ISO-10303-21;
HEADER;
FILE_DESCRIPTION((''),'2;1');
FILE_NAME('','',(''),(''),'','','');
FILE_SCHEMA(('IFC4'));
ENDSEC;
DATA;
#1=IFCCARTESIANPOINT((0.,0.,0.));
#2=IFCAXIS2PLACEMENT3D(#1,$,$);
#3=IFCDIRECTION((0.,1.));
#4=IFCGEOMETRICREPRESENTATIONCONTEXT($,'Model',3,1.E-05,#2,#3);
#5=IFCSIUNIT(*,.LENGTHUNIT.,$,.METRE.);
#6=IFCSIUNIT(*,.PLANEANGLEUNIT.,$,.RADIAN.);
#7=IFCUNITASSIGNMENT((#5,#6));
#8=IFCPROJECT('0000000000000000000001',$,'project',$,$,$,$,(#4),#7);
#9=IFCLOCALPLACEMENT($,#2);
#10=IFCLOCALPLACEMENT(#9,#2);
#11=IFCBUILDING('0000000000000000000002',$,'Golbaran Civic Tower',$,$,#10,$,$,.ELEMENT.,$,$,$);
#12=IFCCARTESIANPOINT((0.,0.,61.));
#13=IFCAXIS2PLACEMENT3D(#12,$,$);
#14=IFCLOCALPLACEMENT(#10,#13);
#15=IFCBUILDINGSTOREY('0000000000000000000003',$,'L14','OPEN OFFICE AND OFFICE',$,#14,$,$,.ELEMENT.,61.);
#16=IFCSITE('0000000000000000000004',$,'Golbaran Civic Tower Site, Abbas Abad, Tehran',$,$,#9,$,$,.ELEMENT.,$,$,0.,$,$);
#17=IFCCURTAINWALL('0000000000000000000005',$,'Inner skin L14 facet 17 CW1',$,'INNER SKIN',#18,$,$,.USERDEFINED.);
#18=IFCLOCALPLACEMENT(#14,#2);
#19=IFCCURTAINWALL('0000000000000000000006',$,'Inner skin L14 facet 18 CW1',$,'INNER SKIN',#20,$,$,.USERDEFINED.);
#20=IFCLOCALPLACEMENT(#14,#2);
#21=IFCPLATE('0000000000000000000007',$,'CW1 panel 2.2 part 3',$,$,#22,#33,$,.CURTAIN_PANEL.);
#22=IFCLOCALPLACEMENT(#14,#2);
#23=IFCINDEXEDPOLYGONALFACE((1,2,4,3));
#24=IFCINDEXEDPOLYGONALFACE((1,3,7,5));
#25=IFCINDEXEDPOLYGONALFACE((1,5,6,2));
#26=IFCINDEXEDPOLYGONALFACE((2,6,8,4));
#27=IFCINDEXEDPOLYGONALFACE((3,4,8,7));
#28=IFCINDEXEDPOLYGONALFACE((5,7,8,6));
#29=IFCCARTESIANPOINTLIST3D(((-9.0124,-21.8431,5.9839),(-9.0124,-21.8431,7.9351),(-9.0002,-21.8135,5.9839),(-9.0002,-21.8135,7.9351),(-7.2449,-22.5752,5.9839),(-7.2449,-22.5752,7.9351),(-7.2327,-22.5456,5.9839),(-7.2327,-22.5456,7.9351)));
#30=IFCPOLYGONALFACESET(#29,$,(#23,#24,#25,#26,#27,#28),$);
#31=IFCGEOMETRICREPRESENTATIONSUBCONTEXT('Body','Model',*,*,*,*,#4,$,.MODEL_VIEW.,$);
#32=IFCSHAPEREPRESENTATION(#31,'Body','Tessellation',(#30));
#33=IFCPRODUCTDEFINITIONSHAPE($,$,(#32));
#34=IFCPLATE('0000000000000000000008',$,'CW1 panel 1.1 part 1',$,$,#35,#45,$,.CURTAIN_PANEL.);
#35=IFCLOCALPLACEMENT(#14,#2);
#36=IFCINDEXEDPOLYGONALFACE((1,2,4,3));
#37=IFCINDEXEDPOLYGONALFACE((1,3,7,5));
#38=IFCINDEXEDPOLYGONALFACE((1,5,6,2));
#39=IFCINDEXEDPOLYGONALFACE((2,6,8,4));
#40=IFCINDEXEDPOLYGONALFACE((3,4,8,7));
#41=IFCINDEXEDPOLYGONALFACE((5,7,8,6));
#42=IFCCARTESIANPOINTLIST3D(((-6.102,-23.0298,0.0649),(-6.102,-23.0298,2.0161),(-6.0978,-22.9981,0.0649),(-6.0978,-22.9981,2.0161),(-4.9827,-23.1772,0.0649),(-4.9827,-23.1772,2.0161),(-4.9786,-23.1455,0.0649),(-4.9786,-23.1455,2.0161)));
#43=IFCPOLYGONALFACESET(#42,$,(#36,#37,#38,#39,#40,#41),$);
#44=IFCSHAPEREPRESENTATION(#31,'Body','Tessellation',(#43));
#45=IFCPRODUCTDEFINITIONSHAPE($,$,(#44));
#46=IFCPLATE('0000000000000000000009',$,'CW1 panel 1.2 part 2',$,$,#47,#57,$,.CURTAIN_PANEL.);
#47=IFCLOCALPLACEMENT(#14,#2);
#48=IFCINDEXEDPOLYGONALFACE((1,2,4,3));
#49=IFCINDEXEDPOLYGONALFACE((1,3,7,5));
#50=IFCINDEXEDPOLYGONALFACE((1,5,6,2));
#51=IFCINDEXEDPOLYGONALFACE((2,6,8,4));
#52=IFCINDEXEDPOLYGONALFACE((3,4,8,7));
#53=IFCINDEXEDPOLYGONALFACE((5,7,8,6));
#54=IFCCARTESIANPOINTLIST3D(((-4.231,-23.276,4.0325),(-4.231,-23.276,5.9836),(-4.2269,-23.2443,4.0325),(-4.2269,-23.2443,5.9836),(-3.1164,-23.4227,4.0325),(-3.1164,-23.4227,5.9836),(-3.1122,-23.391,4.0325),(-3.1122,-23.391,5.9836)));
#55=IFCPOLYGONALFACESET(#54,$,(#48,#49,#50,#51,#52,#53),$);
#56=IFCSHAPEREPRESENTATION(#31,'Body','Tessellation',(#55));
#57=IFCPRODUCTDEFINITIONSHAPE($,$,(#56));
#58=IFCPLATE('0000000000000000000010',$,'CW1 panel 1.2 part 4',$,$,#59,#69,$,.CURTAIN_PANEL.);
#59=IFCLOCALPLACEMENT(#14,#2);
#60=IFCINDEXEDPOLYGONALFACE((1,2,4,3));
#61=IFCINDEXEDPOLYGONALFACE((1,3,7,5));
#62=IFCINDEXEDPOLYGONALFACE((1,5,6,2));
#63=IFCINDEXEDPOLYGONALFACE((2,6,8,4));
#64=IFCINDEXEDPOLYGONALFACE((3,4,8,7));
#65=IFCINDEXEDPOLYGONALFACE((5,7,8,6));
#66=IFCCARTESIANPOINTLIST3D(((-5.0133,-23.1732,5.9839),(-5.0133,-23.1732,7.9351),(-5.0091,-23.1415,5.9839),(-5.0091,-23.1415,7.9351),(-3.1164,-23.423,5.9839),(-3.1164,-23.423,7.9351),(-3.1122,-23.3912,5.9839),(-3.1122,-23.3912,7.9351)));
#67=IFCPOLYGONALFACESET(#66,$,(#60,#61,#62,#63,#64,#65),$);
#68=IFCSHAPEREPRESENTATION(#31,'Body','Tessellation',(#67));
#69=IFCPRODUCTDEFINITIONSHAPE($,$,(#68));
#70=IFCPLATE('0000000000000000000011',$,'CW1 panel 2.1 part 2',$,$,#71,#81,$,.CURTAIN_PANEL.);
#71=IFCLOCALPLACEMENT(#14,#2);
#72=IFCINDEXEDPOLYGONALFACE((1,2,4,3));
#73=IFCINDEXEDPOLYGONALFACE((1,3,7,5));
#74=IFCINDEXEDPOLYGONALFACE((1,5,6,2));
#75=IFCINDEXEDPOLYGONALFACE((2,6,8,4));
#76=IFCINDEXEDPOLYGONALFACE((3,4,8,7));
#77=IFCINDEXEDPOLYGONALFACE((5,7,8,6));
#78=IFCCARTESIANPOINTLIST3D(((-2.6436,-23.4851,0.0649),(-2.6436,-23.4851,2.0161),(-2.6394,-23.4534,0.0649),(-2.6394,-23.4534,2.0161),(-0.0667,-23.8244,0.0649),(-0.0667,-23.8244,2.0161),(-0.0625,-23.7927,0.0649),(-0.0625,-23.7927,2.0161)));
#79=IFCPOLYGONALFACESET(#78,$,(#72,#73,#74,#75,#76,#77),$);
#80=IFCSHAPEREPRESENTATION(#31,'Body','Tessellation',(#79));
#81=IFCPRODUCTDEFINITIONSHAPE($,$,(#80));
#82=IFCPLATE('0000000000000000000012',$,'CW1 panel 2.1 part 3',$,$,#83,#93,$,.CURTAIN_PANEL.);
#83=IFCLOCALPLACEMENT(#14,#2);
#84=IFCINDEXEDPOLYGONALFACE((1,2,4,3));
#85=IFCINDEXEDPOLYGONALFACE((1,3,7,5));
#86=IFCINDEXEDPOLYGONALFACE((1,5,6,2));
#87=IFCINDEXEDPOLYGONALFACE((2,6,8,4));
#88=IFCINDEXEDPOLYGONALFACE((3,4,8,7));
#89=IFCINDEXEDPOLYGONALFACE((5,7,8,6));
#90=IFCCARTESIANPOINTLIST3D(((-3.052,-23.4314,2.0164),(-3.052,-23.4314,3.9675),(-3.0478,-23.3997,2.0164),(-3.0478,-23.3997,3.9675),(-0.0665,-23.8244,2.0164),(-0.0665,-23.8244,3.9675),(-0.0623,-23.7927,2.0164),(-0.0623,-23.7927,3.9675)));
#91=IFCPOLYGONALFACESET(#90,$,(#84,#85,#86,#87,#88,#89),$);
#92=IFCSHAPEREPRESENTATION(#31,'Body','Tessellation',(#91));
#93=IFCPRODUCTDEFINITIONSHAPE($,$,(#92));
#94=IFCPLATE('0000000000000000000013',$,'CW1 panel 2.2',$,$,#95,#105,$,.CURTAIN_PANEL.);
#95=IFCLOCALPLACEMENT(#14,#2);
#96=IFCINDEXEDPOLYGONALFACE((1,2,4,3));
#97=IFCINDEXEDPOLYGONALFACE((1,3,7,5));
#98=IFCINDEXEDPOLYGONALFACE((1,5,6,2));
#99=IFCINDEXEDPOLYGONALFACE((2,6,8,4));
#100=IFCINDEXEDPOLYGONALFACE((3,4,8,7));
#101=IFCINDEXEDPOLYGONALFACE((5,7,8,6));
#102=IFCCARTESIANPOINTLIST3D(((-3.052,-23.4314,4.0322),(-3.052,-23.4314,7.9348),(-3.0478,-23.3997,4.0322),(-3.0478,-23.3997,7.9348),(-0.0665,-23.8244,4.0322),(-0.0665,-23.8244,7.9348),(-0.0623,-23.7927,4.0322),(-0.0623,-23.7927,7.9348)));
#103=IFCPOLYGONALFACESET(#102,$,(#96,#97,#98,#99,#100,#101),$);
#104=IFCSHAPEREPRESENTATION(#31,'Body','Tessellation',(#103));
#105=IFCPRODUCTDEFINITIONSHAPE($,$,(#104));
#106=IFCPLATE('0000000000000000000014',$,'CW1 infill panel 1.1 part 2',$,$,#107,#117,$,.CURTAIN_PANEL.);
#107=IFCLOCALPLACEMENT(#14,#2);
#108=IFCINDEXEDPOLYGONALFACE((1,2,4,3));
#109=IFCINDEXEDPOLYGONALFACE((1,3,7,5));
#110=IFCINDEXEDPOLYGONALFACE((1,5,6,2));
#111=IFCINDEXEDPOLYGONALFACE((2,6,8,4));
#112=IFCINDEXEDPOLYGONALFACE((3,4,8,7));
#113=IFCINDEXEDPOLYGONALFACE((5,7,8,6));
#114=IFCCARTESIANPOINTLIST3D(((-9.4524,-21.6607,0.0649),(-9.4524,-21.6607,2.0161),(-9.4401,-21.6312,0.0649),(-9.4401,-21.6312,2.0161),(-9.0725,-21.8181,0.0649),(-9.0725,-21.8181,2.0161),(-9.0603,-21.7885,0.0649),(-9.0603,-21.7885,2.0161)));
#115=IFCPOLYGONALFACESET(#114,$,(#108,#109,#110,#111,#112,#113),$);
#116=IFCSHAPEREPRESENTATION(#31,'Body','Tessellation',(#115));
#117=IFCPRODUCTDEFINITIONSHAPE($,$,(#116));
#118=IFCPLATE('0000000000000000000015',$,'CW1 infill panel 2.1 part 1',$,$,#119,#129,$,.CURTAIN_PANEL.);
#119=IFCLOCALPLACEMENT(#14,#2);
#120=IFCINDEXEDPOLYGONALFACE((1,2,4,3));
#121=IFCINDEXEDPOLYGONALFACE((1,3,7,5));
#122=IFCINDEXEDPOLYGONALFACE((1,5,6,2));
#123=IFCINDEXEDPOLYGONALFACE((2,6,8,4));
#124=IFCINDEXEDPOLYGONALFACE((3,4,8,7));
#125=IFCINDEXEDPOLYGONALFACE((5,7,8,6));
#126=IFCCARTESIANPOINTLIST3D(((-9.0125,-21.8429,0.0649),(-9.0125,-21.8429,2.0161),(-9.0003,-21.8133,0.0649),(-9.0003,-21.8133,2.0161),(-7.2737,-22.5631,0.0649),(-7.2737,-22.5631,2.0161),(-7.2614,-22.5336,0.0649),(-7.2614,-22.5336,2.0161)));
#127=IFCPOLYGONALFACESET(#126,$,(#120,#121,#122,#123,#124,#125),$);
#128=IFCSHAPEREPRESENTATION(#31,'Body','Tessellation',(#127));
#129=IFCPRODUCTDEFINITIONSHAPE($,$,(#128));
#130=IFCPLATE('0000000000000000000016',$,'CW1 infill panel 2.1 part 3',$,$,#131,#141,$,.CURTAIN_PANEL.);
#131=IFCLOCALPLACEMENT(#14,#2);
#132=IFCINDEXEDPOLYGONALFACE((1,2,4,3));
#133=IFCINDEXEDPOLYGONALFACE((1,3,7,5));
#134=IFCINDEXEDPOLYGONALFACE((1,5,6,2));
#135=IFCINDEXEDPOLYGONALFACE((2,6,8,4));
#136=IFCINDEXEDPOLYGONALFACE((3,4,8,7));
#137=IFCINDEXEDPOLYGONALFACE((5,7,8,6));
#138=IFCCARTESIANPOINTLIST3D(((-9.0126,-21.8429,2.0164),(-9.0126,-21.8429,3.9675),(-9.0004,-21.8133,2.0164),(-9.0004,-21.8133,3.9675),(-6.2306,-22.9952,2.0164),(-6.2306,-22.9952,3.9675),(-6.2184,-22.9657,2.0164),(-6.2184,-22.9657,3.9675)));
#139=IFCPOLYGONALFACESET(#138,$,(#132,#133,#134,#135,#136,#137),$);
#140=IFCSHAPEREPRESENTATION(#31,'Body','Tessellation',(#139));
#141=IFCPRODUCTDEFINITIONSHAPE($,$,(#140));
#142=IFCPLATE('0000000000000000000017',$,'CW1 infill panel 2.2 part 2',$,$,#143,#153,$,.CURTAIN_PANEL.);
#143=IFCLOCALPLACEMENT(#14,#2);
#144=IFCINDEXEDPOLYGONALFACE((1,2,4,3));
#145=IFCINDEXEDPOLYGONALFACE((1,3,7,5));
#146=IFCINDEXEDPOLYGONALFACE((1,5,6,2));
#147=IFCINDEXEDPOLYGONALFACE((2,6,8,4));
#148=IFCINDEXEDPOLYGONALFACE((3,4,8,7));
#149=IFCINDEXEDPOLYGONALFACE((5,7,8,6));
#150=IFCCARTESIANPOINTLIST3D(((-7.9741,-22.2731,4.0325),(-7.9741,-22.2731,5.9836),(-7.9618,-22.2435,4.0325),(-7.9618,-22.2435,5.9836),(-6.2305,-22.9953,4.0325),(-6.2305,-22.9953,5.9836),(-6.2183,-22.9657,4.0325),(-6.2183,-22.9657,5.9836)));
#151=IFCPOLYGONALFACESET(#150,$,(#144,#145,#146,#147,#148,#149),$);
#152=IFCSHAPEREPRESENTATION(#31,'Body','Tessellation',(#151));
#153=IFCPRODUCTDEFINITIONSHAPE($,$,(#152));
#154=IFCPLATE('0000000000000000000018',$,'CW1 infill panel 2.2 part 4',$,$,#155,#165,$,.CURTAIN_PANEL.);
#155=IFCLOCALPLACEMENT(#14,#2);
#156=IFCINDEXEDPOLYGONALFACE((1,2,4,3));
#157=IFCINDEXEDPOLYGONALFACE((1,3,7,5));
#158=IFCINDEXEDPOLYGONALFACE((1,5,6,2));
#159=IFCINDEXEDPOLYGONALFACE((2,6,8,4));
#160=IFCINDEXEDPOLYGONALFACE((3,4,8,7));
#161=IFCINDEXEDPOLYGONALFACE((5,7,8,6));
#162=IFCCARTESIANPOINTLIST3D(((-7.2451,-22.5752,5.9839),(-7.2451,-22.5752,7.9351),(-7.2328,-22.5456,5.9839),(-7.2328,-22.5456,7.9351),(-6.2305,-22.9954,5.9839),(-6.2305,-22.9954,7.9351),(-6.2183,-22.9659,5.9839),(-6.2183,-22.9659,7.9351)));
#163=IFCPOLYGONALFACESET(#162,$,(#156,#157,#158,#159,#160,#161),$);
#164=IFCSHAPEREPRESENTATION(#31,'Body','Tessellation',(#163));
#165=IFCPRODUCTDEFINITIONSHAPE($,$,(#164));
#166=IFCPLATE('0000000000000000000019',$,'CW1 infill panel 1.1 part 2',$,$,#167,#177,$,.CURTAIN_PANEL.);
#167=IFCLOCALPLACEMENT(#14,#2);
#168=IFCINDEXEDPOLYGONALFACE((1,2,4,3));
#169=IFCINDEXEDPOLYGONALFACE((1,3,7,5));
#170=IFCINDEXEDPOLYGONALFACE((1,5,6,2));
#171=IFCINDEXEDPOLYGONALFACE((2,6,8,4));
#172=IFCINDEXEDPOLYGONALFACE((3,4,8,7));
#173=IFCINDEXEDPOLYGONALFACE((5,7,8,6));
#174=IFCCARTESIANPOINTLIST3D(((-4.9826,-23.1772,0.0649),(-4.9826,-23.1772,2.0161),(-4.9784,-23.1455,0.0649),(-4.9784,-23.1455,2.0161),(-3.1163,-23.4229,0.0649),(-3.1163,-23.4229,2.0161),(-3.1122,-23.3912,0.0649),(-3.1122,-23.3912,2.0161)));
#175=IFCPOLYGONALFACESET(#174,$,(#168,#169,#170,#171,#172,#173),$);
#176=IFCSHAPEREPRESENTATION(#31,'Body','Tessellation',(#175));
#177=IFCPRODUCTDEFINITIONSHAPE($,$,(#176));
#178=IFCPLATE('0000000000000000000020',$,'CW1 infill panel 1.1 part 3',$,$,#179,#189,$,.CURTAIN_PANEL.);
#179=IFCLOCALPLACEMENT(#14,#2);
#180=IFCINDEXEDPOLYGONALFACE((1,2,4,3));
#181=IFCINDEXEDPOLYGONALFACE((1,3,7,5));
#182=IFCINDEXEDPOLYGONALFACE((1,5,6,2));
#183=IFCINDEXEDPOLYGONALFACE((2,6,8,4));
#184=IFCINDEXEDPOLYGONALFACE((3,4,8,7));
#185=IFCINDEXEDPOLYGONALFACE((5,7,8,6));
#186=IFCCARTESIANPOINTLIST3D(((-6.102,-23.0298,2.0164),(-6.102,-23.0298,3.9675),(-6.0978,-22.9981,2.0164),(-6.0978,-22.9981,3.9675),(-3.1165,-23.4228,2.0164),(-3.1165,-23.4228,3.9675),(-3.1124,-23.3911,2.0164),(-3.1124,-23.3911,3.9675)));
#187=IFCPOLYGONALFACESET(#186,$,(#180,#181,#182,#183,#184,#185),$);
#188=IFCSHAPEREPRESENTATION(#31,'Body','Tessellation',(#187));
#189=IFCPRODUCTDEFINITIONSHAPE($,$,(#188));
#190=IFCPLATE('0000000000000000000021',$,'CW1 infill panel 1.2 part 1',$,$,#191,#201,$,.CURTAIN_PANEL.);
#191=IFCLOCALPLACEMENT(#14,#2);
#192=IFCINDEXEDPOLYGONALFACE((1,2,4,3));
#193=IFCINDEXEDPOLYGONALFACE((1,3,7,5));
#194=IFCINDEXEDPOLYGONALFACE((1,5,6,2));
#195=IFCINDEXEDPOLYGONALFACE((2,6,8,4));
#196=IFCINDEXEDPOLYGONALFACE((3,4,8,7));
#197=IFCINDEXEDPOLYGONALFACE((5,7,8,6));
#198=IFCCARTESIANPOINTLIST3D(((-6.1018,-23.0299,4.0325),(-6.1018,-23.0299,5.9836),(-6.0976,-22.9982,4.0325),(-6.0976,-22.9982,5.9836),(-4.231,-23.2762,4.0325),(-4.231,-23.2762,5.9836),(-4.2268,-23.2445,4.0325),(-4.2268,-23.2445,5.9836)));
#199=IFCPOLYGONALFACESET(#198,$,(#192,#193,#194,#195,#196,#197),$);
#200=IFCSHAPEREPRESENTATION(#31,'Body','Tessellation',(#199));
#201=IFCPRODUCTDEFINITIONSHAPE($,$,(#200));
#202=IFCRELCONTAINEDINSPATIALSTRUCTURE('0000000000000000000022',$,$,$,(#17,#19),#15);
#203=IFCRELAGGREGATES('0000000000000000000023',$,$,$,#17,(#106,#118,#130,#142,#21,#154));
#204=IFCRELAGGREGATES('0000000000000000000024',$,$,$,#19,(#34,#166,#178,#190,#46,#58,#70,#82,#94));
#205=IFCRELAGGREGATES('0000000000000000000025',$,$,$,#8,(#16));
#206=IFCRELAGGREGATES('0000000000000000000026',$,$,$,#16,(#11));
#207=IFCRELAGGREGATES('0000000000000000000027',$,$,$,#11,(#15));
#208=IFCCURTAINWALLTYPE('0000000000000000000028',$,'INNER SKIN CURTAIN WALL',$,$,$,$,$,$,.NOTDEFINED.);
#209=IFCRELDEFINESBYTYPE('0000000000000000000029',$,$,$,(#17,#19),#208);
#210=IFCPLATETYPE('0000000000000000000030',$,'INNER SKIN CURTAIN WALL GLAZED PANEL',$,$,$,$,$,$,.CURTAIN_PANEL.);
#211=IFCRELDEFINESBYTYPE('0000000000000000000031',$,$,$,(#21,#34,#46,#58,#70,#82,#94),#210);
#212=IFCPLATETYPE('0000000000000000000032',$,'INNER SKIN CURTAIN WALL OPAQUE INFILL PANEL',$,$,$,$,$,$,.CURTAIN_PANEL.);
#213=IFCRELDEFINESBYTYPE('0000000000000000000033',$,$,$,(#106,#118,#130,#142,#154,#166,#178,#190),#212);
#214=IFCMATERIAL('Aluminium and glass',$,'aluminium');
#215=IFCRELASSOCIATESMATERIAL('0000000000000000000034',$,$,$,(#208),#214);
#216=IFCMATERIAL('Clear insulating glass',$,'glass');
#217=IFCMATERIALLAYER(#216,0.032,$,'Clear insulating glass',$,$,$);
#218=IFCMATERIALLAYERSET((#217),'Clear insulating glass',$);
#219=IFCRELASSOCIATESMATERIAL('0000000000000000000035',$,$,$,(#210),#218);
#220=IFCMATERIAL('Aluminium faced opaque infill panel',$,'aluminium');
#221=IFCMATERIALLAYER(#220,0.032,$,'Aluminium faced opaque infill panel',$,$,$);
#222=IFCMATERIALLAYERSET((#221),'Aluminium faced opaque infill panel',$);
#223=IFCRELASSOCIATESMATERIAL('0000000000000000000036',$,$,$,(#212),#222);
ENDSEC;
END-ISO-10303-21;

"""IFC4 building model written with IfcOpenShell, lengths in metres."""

from ifc_helpers import new_model, si_unit, direction, frame, origin, origin_2d, place, context, subcontext, project, spatial, rectangle, extrude, material, layer, layer_set, type_object, element, aggregate, save


model = new_model("IFC4")

# Units and contexts
model_context = context("Model", 3, precision=1e-05, world=origin(), true_north=direction((0.0, 1.0)))
body_context = subcontext(model_context, "Body", "Model", "MODEL_VIEW")
ifc_project = project(units=[si_unit("LENGTHUNIT", "METRE"), si_unit("PLANEANGLEUNIT", "RADIAN")], contexts=[model_context])

# Site, building, storey
site_placement = place(None, origin())
site = spatial("IfcSite", under=ifc_project, at=site_placement, Name="Golbaran Civic Tower Site, Abbas Abad, Tehran", CompositionType="ELEMENT", RefElevation=0.0)
building_placement = place(site_placement, origin())
building = spatial("IfcBuilding", under=site, at=building_placement, Name="Golbaran Civic Tower", CompositionType="ELEMENT")
storey_placement = place(building_placement, frame((0.0, 0.0, 61.0)))
storey = spatial("IfcBuildingStorey", under=building, at=storey_placement, Name="L14", Description="OPEN OFFICE AND OFFICE", CompositionType="ELEMENT", Elevation=61.0)

# Curtain walls
ifc_material_1 = material(Name="Aluminium and glass", Category="aluminium")
curtain_wall_type = type_object("IfcCurtainWallType", Name="INNER SKIN CURTAIN WALL", PredefinedType="NOTDEFINED", material=ifc_material_1)
curtain_wall_1_placement = place(storey_placement, origin())
curtain_wall_1 = element("IfcCurtainWall", 1, at=curtain_wall_1_placement, inside=storey, type_object=curtain_wall_type, Name="Inner skin L14 facet 17 CW1", ObjectType="INNER SKIN", PredefinedType="USERDEFINED")
curtain_wall_2_placement = place(storey_placement, origin())
curtain_wall_2 = element("IfcCurtainWall", 2, at=curtain_wall_2_placement, inside=storey, type_object=curtain_wall_type, Name="Inner skin L14 facet 18 CW1", ObjectType="INNER SKIN", PredefinedType="USERDEFINED")

# Plates
ifc_material_2 = material(Name="Clear insulating glass", Category="glass")
ifc_layer_1 = layer(ifc_material_2, 0.032, Name="Clear insulating glass")
ifc_layer_set_1 = layer_set([ifc_layer_1], Name="Clear insulating glass")
plate_type_1 = type_object("IfcPlateType", Name="INNER SKIN CURTAIN WALL GLAZED PANEL", PredefinedType="CURTAIN_PANEL", material=ifc_layer_set_1)
plate_1_placement = place(storey_placement, frame((-8.1226, -22.1943, 5.9839), z_axis=(0.0, 0.0, 1.0), x_axis=(0.92388, -0.382683, 0.0)))
plate_1 = element("IfcPlate", 3, at=plate_1_placement, type_object=plate_type_1, Name="CW1 panel 2.2 part 3", PredefinedType="CURTAIN_PANEL", context=body_context, shape_type="SweptSolid", body=[
    extrude(rectangle(XDim=1.9131, YDim=0.032, at=origin_2d()), origin(), (0.0, 0.0, 1.0), 1.9512),
])
plate_2_placement = place(storey_placement, frame((-5.5403, -23.0876, 0.0649), z_axis=(0.0, 0.0, 1.0), x_axis=(0.991445, -0.130526, 0.0)))
plate_2 = element("IfcPlate", 4, at=plate_2_placement, type_object=plate_type_1, Name="CW1 panel 1.1 part 1", PredefinedType="CURTAIN_PANEL", context=body_context, shape_type="SweptSolid", body=[
    extrude(rectangle(XDim=1.1289, YDim=0.032, at=origin_2d()), origin(), (0.0, 0.0, 1.0), 1.9512),
])
plate_3_placement = place(storey_placement, frame((-3.6716, -23.3335, 4.0325), z_axis=(0.0, 0.0, 1.0), x_axis=(0.991445, -0.130526, 0.0)))
plate_3 = element("IfcPlate", 5, at=plate_3_placement, type_object=plate_type_1, Name="CW1 panel 1.2 part 2", PredefinedType="CURTAIN_PANEL", context=body_context, shape_type="SweptSolid", body=[
    extrude(rectangle(XDim=1.1243, YDim=0.032, at=origin_2d()), origin(), (0.0, 0.0, 1.0), 1.9512),
])
plate_4_placement = place(storey_placement, frame((-4.0627, -23.2822, 5.9839), z_axis=(0.0, 0.0, 1.0), x_axis=(0.991445, -0.130526, 0.0)))
plate_4 = element("IfcPlate", 6, at=plate_4_placement, type_object=plate_type_1, Name="CW1 panel 1.2 part 4", PredefinedType="CURTAIN_PANEL", context=body_context, shape_type="SweptSolid", body=[
    extrude(rectangle(XDim=1.9133, YDim=0.032, at=origin_2d()), origin(), (0.0, 0.0, 1.0), 1.9512),
])
plate_5_placement = place(storey_placement, frame((-1.353, -23.6389, 0.0649), z_axis=(0.0, 0.0, 1.0), x_axis=(0.991445, -0.130526, 0.0)))
plate_5 = element("IfcPlate", 7, at=plate_5_placement, type_object=plate_type_1, Name="CW1 panel 2.1 part 2", PredefinedType="CURTAIN_PANEL", context=body_context, shape_type="SweptSolid", body=[
    extrude(rectangle(XDim=2.5991, YDim=0.032, at=origin_2d()), origin(), (0.0, 0.0, 1.0), 1.9512),
])
plate_6_placement = place(storey_placement, frame((-1.5571, -23.6121, 2.0164), z_axis=(0.0, 0.0, 1.0), x_axis=(0.991445, -0.130526, 0.0)))
plate_6 = element("IfcPlate", 8, at=plate_6_placement, type_object=plate_type_1, Name="CW1 panel 2.1 part 3", PredefinedType="CURTAIN_PANEL", context=body_context, shape_type="SweptSolid", body=[
    extrude(rectangle(XDim=3.0112, YDim=0.032, at=origin_2d()), origin(), (0.0, 0.0, 1.0), 1.9512),
])
plate_7_placement = place(storey_placement, frame((-1.5571, -23.6121, 4.0322), z_axis=(0.0, 0.0, 1.0), x_axis=(0.991445, -0.130526, 0.0)))
plate_7 = element("IfcPlate", 9, at=plate_7_placement, type_object=plate_type_1, Name="CW1 panel 2.2", PredefinedType="CURTAIN_PANEL", context=body_context, shape_type="SweptSolid", body=[
    extrude(rectangle(XDim=3.0112, YDim=0.032, at=origin_2d()), origin(), (0.0, 0.0, 1.0), 3.9026),
])
ifc_material_3 = material(Name="Aluminium faced opaque infill panel", Category="aluminium")
ifc_layer_2 = layer(ifc_material_3, 0.032, Name="Aluminium faced opaque infill panel")
ifc_layer_set_2 = layer_set([ifc_layer_2], Name="Aluminium faced opaque infill panel")
plate_type_2 = type_object("IfcPlateType", Name="INNER SKIN CURTAIN WALL OPAQUE INFILL PANEL", PredefinedType="CURTAIN_PANEL", material=ifc_layer_set_2)
plate_8_placement = place(storey_placement, frame((-9.2563, -21.7246, 0.0649), z_axis=(0.0, 0.0, 1.0), x_axis=(0.92388, -0.382683, 0.0)))
plate_8 = element("IfcPlate", 10, at=plate_8_placement, type_object=plate_type_2, Name="CW1 infill panel 1.1 part 2", PredefinedType="CURTAIN_PANEL", context=body_context, shape_type="SweptSolid", body=[
    extrude(rectangle(XDim=0.4111, YDim=0.032, at=origin_2d()), origin(), (0.0, 0.0, 1.0), 1.9512),
])
plate_9_placement = place(storey_placement, frame((-8.137, -22.1882, 0.0649), z_axis=(0.0, 0.0, 1.0), x_axis=(0.92388, -0.382683, 0.0)))
plate_9 = element("IfcPlate", 11, at=plate_9_placement, type_object=plate_type_2, Name="CW1 infill panel 2.1 part 1", PredefinedType="CURTAIN_PANEL", context=body_context, shape_type="SweptSolid", body=[
    extrude(rectangle(XDim=1.8821, YDim=0.032, at=origin_2d()), origin(), (0.0, 0.0, 1.0), 1.9512),
])
plate_10_placement = place(storey_placement, frame((-7.6155, -22.4043, 2.0164), z_axis=(0.0, 0.0, 1.0), x_axis=(0.92388, -0.382683, 0.0)))
plate_10 = element("IfcPlate", 12, at=plate_10_placement, type_object=plate_type_2, Name="CW1 infill panel 2.1 part 3", PredefinedType="CURTAIN_PANEL", context=body_context, shape_type="SweptSolid", body=[
    extrude(rectangle(XDim=3.0112, YDim=0.032, at=origin_2d()), origin(), (0.0, 0.0, 1.0), 1.9512),
])
plate_11_placement = place(storey_placement, frame((-7.0962, -22.6194, 4.0325), z_axis=(0.0, 0.0, 1.0), x_axis=(0.92388, -0.382683, 0.0)))
plate_11 = element("IfcPlate", 13, at=plate_11_placement, type_object=plate_type_2, Name="CW1 infill panel 2.2 part 2", PredefinedType="CURTAIN_PANEL", context=body_context, shape_type="SweptSolid", body=[
    extrude(rectangle(XDim=1.8872, YDim=0.032, at=origin_2d()), origin(), (0.0, 0.0, 1.0), 1.9512),
])
plate_12_placement = place(storey_placement, frame((-6.7317, -22.7705, 5.9839), z_axis=(0.0, 0.0, 1.0), x_axis=(0.92388, -0.382683, 0.0)))
plate_12 = element("IfcPlate", 14, at=plate_12_placement, type_object=plate_type_2, Name="CW1 infill panel 2.2 part 4", PredefinedType="CURTAIN_PANEL", context=body_context, shape_type="SweptSolid", body=[
    extrude(rectangle(XDim=1.0981, YDim=0.032, at=origin_2d()), origin(), (0.0, 0.0, 1.0), 1.9512),
])
aggregate(curtain_wall_1, [plate_8, plate_9, plate_10, plate_11, plate_1, plate_12])
plate_13_placement = place(storey_placement, frame((-4.0474, -23.2842, 0.0649), z_axis=(0.0, 0.0, 1.0), x_axis=(0.991445, -0.130526, 0.0)))
plate_13 = element("IfcPlate", 15, at=plate_13_placement, type_object=plate_type_2, Name="CW1 infill panel 1.1 part 2", PredefinedType="CURTAIN_PANEL", context=body_context, shape_type="SweptSolid", body=[
    extrude(rectangle(XDim=1.8823, YDim=0.032, at=origin_2d()), origin(), (0.0, 0.0, 1.0), 1.9512),
])
plate_14_placement = place(storey_placement, frame((-4.6072, -23.2104, 2.0164), z_axis=(0.0, 0.0, 1.0), x_axis=(0.991445, -0.130526, 0.0)))
plate_14 = element("IfcPlate", 16, at=plate_14_placement, type_object=plate_type_2, Name="CW1 infill panel 1.1 part 3", PredefinedType="CURTAIN_PANEL", context=body_context, shape_type="SweptSolid", body=[
    extrude(rectangle(XDim=3.0112, YDim=0.032, at=origin_2d()), origin(), (0.0, 0.0, 1.0), 1.9512),
])
plate_15_placement = place(storey_placement, frame((-5.1643, -23.1372, 4.0325), z_axis=(0.0, 0.0, 1.0), x_axis=(0.991445, -0.130526, 0.0)))
plate_15 = element("IfcPlate", 17, at=plate_15_placement, type_object=plate_type_2, Name="CW1 infill panel 1.2 part 1", PredefinedType="CURTAIN_PANEL", context=body_context, shape_type="SweptSolid", body=[
    extrude(rectangle(XDim=1.887, YDim=0.032, at=origin_2d()), origin(), (0.0, 0.0, 1.0), 1.9512),
])
aggregate(curtain_wall_2, [plate_2, plate_13, plate_14, plate_15, plate_3, plate_4, plate_5, plate_6, plate_7])

save(model, "model.ifc")
